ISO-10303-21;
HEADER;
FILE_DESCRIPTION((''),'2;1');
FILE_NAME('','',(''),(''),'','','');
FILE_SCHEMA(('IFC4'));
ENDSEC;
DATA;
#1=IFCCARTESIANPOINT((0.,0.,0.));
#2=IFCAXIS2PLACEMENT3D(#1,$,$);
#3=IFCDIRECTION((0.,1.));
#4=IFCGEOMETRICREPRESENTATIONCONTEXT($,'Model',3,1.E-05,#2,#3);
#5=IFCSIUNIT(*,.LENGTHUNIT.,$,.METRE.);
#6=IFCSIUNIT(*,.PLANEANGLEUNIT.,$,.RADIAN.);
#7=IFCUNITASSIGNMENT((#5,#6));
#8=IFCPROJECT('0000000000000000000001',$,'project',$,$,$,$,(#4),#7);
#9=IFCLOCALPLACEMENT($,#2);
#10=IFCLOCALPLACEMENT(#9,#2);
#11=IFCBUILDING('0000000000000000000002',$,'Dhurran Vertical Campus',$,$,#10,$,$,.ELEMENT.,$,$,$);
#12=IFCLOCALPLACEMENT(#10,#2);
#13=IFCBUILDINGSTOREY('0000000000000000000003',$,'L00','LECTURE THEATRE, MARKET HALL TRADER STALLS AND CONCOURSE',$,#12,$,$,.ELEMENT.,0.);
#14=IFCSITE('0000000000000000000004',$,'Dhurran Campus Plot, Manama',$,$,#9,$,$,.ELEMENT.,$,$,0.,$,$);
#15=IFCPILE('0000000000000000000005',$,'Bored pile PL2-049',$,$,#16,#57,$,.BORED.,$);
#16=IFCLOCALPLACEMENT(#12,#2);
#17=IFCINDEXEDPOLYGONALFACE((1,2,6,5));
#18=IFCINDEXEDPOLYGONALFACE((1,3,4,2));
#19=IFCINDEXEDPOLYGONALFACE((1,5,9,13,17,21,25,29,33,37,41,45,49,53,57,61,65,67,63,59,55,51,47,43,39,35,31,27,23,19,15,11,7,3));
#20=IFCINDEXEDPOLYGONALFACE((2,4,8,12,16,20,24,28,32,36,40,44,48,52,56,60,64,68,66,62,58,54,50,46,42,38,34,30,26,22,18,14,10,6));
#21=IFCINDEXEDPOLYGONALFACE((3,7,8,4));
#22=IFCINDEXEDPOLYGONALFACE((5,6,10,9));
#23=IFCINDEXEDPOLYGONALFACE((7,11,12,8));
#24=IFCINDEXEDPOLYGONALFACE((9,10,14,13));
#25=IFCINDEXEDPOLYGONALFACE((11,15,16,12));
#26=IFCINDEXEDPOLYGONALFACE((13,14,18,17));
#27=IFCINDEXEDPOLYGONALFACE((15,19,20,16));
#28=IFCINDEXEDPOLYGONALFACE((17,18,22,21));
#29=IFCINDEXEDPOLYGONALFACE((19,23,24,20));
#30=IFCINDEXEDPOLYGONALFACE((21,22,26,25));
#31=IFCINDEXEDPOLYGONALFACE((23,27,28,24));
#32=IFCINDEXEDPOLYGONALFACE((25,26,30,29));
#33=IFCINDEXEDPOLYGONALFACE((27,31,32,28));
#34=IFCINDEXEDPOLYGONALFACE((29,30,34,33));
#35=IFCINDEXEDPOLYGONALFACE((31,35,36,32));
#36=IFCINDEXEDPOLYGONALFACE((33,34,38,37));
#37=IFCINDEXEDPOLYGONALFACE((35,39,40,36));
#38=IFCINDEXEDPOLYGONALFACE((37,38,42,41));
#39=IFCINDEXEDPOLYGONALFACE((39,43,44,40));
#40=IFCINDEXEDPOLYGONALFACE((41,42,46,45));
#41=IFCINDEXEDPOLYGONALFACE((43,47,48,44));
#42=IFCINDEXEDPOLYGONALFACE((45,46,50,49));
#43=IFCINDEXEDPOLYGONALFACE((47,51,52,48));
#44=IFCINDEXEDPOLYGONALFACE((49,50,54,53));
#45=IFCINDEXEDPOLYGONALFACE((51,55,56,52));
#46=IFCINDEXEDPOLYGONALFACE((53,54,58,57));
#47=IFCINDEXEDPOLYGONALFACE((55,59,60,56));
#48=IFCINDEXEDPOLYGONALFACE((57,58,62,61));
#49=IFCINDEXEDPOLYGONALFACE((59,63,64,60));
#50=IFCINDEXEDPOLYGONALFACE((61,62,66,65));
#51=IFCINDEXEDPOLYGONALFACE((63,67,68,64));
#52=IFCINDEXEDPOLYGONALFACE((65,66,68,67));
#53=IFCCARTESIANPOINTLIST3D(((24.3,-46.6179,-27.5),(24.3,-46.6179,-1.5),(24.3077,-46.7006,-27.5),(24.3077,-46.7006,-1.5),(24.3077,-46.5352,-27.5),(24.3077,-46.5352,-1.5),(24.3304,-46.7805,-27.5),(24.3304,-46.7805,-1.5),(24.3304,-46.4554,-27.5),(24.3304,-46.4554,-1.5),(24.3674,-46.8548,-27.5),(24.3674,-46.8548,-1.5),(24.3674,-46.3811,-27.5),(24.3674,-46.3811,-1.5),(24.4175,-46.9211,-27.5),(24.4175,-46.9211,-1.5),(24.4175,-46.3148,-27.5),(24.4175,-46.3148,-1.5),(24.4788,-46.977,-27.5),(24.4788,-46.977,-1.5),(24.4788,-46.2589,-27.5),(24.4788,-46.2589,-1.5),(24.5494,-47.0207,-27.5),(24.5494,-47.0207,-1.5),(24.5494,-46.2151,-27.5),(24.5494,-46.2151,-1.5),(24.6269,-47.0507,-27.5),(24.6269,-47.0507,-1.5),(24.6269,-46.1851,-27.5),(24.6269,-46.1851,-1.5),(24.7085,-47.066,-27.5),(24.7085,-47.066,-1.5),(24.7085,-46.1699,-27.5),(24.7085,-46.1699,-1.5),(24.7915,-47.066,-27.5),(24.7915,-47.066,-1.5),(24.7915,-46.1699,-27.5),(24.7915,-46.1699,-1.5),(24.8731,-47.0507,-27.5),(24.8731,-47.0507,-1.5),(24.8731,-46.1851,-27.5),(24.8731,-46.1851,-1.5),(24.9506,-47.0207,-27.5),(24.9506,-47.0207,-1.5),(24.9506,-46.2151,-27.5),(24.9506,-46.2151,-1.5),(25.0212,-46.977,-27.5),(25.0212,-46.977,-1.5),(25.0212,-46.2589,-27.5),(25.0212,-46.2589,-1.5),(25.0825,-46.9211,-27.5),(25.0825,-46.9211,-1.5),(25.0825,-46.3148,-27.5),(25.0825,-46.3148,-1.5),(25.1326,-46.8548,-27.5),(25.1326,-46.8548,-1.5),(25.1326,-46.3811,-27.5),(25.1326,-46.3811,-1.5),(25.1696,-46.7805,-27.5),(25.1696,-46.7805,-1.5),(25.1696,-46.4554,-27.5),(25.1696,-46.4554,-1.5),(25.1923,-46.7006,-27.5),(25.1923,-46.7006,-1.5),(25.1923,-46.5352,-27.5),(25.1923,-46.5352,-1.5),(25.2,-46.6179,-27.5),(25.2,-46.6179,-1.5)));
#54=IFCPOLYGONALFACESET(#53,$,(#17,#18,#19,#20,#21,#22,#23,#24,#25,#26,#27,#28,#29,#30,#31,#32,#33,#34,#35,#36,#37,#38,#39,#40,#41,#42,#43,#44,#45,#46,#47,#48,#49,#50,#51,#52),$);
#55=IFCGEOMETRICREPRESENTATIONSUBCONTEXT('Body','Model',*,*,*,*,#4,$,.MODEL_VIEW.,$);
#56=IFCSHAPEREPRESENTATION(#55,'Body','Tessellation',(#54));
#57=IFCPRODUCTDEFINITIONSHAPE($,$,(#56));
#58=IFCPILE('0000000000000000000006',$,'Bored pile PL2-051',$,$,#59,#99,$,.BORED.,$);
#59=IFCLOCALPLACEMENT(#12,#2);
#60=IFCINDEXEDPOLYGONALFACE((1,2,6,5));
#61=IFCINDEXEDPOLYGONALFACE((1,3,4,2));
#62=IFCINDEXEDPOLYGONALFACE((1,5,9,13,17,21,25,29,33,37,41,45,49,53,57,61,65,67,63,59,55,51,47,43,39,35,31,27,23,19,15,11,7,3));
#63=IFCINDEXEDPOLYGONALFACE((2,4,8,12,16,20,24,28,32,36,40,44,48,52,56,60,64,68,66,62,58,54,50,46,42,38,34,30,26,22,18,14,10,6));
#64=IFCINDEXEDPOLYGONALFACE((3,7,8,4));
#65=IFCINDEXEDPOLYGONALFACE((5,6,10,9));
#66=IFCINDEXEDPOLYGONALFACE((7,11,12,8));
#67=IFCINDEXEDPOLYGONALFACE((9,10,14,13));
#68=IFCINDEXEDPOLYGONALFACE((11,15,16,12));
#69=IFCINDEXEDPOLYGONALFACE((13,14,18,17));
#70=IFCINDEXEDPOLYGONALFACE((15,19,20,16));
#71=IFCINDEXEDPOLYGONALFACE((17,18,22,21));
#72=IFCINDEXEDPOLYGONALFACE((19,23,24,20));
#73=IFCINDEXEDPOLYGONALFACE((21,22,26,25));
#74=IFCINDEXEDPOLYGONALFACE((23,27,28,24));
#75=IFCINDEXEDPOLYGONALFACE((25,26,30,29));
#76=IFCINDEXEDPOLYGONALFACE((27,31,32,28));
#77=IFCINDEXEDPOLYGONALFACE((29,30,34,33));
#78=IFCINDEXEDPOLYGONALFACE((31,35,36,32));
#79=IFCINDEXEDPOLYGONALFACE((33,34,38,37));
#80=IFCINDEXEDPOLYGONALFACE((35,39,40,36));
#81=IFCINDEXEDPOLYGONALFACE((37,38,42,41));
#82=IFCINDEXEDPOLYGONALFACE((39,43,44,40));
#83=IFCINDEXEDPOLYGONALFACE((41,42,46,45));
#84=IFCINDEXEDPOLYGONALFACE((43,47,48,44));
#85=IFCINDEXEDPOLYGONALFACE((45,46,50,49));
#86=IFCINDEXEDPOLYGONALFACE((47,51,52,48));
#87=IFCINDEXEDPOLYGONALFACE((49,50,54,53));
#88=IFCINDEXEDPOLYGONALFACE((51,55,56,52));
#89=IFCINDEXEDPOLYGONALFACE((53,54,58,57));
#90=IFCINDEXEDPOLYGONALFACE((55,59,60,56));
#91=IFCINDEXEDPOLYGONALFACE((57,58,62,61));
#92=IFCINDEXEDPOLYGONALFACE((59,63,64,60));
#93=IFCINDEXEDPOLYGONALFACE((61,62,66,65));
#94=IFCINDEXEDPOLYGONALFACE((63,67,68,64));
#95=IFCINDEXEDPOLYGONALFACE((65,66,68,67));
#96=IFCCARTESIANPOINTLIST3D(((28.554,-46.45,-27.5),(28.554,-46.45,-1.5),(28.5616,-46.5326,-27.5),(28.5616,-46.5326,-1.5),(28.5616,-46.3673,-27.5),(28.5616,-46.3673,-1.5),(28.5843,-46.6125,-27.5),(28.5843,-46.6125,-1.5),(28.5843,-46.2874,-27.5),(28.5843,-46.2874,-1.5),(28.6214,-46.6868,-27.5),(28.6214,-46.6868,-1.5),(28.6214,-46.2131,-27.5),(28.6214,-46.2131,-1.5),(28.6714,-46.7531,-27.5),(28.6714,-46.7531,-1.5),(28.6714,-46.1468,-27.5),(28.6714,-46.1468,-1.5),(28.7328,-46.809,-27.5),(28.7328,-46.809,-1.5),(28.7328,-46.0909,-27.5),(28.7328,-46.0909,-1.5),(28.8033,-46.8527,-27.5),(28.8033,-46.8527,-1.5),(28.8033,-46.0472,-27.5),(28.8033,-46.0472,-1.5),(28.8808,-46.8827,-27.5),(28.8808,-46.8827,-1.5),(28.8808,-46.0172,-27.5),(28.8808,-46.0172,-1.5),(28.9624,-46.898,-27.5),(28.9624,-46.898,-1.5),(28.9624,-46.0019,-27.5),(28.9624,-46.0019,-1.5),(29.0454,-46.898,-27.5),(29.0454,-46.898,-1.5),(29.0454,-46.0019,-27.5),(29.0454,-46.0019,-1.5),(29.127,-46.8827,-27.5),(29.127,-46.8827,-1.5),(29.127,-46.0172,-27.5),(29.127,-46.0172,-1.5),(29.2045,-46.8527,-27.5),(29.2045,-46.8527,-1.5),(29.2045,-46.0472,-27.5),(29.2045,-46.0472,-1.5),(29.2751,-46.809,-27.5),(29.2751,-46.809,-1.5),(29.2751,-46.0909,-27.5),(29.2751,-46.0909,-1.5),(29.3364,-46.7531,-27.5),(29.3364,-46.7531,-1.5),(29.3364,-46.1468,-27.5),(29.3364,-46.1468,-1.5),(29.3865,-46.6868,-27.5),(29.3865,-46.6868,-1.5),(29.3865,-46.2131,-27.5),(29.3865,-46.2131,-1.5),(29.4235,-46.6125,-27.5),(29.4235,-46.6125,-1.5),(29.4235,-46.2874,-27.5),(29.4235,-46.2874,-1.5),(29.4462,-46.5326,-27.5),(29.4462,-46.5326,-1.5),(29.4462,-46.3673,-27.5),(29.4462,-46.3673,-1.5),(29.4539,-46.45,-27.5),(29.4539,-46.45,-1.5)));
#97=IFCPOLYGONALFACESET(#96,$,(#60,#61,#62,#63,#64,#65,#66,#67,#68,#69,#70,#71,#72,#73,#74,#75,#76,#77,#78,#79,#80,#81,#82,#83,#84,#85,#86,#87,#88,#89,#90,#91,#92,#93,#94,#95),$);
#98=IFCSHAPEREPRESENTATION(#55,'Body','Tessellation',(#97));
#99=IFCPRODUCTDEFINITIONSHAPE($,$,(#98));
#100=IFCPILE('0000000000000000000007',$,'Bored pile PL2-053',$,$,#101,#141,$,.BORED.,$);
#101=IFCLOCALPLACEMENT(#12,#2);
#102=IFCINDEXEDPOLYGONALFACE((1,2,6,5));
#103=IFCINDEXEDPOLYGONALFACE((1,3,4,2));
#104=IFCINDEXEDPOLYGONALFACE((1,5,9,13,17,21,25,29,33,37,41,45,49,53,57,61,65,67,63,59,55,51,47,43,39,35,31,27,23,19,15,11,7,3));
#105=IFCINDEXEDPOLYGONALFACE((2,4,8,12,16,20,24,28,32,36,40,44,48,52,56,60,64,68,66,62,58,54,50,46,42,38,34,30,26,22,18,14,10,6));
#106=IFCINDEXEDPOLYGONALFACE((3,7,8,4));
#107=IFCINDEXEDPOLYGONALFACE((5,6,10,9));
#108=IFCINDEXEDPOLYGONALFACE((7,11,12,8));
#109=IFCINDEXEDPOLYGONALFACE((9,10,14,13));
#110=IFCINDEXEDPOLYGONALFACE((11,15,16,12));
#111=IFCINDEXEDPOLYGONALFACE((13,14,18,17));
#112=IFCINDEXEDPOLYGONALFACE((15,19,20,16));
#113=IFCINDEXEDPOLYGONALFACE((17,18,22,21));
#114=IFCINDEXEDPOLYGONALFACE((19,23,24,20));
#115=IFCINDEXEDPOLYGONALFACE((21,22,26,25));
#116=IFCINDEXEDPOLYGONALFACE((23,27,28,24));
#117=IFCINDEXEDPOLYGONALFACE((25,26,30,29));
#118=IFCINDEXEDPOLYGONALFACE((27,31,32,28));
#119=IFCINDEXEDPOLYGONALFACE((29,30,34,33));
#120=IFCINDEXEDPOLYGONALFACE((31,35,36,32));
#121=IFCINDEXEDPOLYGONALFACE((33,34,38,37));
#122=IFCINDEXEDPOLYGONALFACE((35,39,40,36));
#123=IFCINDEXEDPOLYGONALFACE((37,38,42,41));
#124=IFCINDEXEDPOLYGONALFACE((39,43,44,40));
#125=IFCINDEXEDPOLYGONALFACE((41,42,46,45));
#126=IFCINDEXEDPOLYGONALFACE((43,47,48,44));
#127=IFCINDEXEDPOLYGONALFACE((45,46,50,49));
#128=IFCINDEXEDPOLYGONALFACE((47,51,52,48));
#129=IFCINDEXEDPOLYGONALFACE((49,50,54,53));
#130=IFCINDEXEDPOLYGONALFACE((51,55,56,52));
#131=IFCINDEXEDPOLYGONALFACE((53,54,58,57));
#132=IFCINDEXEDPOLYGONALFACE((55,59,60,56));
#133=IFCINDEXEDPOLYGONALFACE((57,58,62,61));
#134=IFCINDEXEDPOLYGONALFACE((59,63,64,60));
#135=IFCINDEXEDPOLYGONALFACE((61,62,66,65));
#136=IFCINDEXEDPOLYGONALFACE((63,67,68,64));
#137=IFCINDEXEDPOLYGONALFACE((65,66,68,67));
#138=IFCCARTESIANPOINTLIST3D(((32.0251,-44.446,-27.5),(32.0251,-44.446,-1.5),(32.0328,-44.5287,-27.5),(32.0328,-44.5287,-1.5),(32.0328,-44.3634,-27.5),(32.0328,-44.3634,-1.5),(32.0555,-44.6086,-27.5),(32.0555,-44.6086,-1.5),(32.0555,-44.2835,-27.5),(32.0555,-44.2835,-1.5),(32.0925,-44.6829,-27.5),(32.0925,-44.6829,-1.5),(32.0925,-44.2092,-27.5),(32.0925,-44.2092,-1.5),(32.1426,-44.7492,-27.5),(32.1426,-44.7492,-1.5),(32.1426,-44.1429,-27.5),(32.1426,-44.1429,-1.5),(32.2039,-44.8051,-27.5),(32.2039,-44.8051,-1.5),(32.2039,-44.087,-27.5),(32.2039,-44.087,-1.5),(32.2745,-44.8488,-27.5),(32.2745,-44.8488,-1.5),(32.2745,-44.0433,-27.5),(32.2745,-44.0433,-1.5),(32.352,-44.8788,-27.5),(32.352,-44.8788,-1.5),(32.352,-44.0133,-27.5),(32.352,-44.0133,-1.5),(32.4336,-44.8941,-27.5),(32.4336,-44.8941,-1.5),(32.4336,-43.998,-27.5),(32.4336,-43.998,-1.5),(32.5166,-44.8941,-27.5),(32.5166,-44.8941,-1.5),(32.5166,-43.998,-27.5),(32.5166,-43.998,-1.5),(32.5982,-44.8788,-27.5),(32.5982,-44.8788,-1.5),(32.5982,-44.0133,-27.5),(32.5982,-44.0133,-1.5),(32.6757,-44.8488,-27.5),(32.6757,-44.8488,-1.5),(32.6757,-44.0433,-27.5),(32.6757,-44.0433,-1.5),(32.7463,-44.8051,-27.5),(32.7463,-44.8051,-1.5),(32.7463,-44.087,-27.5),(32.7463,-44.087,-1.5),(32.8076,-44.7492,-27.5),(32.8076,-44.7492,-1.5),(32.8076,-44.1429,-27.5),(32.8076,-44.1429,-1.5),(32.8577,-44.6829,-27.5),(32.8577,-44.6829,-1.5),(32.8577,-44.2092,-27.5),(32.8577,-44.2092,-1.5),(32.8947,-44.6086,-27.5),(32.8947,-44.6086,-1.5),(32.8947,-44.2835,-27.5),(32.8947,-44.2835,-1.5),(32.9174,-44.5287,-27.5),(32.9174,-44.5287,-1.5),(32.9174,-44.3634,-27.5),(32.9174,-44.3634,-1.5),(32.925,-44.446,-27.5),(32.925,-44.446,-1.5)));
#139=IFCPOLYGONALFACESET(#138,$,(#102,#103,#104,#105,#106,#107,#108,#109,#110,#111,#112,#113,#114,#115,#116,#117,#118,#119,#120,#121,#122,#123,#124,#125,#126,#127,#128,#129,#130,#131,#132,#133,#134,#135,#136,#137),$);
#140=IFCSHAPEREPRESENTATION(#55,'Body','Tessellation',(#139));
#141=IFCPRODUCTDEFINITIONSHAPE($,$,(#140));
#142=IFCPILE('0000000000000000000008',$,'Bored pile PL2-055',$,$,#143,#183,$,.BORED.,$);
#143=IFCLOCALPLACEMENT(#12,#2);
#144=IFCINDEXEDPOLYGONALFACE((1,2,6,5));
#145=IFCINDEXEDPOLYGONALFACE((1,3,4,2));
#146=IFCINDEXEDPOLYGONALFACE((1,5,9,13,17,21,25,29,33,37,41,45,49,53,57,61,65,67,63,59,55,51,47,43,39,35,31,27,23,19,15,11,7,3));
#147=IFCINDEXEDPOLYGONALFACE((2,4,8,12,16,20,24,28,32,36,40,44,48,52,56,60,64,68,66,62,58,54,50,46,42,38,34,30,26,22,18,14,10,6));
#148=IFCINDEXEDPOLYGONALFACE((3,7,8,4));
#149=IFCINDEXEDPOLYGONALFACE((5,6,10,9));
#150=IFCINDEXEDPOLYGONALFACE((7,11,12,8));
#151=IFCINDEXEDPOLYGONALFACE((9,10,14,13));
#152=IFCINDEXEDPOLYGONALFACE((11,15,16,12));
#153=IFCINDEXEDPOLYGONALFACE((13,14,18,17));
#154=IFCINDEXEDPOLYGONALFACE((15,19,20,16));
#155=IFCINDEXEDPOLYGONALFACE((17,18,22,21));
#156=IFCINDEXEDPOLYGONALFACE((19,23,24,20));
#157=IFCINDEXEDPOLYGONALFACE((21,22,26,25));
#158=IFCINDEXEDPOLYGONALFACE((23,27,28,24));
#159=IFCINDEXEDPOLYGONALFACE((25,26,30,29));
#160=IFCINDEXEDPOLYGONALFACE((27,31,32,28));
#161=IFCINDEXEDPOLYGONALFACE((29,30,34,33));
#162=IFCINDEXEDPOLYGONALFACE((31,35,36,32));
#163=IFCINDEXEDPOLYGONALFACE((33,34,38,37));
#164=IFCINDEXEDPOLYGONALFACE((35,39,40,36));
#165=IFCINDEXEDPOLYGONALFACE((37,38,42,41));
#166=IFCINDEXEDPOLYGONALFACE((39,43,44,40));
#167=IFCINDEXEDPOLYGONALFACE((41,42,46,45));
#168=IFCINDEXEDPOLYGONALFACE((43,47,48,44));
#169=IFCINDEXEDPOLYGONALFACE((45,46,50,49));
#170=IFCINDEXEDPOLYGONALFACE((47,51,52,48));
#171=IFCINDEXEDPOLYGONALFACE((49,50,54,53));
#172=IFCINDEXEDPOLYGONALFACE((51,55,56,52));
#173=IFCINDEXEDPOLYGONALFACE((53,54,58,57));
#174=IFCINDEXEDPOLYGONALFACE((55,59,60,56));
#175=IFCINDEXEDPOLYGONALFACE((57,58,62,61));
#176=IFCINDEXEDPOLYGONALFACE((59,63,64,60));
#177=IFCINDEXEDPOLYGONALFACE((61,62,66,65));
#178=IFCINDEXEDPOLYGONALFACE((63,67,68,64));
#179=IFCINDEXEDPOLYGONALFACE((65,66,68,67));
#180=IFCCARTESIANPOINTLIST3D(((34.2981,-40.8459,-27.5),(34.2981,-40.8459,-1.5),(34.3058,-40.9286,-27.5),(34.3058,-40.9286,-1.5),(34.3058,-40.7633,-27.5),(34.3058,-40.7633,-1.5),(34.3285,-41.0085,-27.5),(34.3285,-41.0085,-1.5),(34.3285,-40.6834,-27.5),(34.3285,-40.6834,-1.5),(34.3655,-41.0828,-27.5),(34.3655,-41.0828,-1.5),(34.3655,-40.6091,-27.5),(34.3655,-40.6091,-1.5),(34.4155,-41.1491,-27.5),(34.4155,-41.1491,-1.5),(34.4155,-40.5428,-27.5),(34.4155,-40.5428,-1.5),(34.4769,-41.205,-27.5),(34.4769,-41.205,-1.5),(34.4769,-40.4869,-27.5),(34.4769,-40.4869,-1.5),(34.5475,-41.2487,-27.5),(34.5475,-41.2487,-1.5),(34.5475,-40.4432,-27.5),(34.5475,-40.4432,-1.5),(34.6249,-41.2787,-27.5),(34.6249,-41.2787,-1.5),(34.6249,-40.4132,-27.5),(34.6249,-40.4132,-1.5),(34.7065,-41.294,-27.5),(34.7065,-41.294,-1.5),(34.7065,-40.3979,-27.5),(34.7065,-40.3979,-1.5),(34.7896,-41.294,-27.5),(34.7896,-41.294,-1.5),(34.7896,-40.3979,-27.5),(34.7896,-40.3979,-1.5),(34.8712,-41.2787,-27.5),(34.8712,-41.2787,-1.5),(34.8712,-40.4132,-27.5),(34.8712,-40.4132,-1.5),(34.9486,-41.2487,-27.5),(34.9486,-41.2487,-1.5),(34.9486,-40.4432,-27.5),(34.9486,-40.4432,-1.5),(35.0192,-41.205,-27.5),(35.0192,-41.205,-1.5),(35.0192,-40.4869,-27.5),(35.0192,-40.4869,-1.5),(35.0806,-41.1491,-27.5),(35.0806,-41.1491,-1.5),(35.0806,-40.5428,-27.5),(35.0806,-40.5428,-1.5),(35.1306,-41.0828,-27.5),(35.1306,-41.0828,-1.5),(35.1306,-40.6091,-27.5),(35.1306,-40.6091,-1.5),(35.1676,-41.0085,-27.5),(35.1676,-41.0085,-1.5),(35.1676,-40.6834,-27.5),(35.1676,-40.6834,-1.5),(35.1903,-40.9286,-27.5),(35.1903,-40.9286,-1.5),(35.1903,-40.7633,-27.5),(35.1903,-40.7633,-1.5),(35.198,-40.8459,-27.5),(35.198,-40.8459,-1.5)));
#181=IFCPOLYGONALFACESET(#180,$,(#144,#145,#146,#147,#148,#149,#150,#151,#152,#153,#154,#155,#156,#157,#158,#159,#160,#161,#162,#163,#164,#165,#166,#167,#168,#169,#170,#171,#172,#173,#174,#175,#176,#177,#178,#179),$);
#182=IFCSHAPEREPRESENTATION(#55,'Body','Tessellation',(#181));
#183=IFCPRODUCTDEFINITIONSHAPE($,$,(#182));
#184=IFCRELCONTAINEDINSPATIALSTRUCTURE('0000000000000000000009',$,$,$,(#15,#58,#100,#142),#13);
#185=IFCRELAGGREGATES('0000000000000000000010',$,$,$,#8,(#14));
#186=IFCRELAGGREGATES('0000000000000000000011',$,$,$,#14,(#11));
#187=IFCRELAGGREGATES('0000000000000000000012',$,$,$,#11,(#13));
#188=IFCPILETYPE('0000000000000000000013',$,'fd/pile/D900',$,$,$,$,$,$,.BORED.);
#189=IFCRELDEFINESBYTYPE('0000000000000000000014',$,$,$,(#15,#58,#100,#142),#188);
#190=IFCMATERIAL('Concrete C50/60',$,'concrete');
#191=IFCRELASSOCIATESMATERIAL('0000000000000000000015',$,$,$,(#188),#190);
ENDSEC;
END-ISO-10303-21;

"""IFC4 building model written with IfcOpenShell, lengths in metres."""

from ifc_helpers import new_model, si_unit, direction, frame, origin, origin_2d, place, context, subcontext, project, spatial, circle, extrude, material, material_profile, profile_set, type_object, element, save


model = new_model("IFC4")

# Units and contexts
model_context = context("Model", 3, precision=1e-05, world=origin(), true_north=direction((0.0, 1.0)))
body_context = subcontext(model_context, "Body", "Model", "MODEL_VIEW")
ifc_project = project(units=[si_unit("LENGTHUNIT", "METRE"), si_unit("PLANEANGLEUNIT", "RADIAN")], contexts=[model_context])

# Site, building, storey
site_placement = place(None, origin())
site = spatial("IfcSite", under=ifc_project, at=site_placement, Name="Dhurran Campus Plot, Manama", CompositionType="ELEMENT", RefElevation=0.0)
building_placement = place(site_placement, origin())
building = spatial("IfcBuilding", under=site, at=building_placement, Name="Dhurran Vertical Campus", CompositionType="ELEMENT")
storey_placement = place(building_placement, origin())
storey = spatial("IfcBuildingStorey", under=building, at=storey_placement, Name="L00", Description="LECTURE THEATRE, MARKET HALL TRADER STALLS AND CONCOURSE", CompositionType="ELEMENT", Elevation=0.0)

# Piles
ifc_material_1 = material(Name="Concrete C50/60", Category="concrete")
ifc_material_profile_1 = material_profile(ifc_material_1, circle(Radius=0.45, at=origin_2d()), Name="fd/pile/D900")
ifc_profile_set_1 = profile_set([ifc_material_profile_1], Name="Concrete C50/60")
pile_type = type_object("IfcPileType", Name="fd/pile/D900", PredefinedType="BORED", material=ifc_profile_set_1)
for number, where, z_axis, x_axis, name in (
    (1, (24.75, -46.6179, -1.5), (0.0, 0.0, -1.0), (1.0, 0.0, 0.0), "Bored pile PL2-049"),
    (2, (29.0039, -46.45, -1.5), (0.0, 0.0, -1.0), (1.0, 0.0, 0.0), "Bored pile PL2-051"),
    (3, (32.4751, -44.446, -1.5), (0.0, 0.0, -1.0), (1.0, 0.0, 0.0), "Bored pile PL2-053"),
    (4, (34.748, -40.8459, -1.5), (0.0, 0.0, -1.0), (1.0, 0.0, 0.0), "Bored pile PL2-055"),
):
    element("IfcPile", number, at=place(storey_placement, frame(where, z_axis=z_axis, x_axis=x_axis)), inside=storey, type_object=pile_type, Name=name, PredefinedType="BORED", context=body_context, shape_type="SweptSolid", body=[
        extrude(circle(Radius=0.45, at=origin_2d()), origin(), (0.0, 0.0, 1.0), 26.0),
    ])

save(model, "model.ifc")
